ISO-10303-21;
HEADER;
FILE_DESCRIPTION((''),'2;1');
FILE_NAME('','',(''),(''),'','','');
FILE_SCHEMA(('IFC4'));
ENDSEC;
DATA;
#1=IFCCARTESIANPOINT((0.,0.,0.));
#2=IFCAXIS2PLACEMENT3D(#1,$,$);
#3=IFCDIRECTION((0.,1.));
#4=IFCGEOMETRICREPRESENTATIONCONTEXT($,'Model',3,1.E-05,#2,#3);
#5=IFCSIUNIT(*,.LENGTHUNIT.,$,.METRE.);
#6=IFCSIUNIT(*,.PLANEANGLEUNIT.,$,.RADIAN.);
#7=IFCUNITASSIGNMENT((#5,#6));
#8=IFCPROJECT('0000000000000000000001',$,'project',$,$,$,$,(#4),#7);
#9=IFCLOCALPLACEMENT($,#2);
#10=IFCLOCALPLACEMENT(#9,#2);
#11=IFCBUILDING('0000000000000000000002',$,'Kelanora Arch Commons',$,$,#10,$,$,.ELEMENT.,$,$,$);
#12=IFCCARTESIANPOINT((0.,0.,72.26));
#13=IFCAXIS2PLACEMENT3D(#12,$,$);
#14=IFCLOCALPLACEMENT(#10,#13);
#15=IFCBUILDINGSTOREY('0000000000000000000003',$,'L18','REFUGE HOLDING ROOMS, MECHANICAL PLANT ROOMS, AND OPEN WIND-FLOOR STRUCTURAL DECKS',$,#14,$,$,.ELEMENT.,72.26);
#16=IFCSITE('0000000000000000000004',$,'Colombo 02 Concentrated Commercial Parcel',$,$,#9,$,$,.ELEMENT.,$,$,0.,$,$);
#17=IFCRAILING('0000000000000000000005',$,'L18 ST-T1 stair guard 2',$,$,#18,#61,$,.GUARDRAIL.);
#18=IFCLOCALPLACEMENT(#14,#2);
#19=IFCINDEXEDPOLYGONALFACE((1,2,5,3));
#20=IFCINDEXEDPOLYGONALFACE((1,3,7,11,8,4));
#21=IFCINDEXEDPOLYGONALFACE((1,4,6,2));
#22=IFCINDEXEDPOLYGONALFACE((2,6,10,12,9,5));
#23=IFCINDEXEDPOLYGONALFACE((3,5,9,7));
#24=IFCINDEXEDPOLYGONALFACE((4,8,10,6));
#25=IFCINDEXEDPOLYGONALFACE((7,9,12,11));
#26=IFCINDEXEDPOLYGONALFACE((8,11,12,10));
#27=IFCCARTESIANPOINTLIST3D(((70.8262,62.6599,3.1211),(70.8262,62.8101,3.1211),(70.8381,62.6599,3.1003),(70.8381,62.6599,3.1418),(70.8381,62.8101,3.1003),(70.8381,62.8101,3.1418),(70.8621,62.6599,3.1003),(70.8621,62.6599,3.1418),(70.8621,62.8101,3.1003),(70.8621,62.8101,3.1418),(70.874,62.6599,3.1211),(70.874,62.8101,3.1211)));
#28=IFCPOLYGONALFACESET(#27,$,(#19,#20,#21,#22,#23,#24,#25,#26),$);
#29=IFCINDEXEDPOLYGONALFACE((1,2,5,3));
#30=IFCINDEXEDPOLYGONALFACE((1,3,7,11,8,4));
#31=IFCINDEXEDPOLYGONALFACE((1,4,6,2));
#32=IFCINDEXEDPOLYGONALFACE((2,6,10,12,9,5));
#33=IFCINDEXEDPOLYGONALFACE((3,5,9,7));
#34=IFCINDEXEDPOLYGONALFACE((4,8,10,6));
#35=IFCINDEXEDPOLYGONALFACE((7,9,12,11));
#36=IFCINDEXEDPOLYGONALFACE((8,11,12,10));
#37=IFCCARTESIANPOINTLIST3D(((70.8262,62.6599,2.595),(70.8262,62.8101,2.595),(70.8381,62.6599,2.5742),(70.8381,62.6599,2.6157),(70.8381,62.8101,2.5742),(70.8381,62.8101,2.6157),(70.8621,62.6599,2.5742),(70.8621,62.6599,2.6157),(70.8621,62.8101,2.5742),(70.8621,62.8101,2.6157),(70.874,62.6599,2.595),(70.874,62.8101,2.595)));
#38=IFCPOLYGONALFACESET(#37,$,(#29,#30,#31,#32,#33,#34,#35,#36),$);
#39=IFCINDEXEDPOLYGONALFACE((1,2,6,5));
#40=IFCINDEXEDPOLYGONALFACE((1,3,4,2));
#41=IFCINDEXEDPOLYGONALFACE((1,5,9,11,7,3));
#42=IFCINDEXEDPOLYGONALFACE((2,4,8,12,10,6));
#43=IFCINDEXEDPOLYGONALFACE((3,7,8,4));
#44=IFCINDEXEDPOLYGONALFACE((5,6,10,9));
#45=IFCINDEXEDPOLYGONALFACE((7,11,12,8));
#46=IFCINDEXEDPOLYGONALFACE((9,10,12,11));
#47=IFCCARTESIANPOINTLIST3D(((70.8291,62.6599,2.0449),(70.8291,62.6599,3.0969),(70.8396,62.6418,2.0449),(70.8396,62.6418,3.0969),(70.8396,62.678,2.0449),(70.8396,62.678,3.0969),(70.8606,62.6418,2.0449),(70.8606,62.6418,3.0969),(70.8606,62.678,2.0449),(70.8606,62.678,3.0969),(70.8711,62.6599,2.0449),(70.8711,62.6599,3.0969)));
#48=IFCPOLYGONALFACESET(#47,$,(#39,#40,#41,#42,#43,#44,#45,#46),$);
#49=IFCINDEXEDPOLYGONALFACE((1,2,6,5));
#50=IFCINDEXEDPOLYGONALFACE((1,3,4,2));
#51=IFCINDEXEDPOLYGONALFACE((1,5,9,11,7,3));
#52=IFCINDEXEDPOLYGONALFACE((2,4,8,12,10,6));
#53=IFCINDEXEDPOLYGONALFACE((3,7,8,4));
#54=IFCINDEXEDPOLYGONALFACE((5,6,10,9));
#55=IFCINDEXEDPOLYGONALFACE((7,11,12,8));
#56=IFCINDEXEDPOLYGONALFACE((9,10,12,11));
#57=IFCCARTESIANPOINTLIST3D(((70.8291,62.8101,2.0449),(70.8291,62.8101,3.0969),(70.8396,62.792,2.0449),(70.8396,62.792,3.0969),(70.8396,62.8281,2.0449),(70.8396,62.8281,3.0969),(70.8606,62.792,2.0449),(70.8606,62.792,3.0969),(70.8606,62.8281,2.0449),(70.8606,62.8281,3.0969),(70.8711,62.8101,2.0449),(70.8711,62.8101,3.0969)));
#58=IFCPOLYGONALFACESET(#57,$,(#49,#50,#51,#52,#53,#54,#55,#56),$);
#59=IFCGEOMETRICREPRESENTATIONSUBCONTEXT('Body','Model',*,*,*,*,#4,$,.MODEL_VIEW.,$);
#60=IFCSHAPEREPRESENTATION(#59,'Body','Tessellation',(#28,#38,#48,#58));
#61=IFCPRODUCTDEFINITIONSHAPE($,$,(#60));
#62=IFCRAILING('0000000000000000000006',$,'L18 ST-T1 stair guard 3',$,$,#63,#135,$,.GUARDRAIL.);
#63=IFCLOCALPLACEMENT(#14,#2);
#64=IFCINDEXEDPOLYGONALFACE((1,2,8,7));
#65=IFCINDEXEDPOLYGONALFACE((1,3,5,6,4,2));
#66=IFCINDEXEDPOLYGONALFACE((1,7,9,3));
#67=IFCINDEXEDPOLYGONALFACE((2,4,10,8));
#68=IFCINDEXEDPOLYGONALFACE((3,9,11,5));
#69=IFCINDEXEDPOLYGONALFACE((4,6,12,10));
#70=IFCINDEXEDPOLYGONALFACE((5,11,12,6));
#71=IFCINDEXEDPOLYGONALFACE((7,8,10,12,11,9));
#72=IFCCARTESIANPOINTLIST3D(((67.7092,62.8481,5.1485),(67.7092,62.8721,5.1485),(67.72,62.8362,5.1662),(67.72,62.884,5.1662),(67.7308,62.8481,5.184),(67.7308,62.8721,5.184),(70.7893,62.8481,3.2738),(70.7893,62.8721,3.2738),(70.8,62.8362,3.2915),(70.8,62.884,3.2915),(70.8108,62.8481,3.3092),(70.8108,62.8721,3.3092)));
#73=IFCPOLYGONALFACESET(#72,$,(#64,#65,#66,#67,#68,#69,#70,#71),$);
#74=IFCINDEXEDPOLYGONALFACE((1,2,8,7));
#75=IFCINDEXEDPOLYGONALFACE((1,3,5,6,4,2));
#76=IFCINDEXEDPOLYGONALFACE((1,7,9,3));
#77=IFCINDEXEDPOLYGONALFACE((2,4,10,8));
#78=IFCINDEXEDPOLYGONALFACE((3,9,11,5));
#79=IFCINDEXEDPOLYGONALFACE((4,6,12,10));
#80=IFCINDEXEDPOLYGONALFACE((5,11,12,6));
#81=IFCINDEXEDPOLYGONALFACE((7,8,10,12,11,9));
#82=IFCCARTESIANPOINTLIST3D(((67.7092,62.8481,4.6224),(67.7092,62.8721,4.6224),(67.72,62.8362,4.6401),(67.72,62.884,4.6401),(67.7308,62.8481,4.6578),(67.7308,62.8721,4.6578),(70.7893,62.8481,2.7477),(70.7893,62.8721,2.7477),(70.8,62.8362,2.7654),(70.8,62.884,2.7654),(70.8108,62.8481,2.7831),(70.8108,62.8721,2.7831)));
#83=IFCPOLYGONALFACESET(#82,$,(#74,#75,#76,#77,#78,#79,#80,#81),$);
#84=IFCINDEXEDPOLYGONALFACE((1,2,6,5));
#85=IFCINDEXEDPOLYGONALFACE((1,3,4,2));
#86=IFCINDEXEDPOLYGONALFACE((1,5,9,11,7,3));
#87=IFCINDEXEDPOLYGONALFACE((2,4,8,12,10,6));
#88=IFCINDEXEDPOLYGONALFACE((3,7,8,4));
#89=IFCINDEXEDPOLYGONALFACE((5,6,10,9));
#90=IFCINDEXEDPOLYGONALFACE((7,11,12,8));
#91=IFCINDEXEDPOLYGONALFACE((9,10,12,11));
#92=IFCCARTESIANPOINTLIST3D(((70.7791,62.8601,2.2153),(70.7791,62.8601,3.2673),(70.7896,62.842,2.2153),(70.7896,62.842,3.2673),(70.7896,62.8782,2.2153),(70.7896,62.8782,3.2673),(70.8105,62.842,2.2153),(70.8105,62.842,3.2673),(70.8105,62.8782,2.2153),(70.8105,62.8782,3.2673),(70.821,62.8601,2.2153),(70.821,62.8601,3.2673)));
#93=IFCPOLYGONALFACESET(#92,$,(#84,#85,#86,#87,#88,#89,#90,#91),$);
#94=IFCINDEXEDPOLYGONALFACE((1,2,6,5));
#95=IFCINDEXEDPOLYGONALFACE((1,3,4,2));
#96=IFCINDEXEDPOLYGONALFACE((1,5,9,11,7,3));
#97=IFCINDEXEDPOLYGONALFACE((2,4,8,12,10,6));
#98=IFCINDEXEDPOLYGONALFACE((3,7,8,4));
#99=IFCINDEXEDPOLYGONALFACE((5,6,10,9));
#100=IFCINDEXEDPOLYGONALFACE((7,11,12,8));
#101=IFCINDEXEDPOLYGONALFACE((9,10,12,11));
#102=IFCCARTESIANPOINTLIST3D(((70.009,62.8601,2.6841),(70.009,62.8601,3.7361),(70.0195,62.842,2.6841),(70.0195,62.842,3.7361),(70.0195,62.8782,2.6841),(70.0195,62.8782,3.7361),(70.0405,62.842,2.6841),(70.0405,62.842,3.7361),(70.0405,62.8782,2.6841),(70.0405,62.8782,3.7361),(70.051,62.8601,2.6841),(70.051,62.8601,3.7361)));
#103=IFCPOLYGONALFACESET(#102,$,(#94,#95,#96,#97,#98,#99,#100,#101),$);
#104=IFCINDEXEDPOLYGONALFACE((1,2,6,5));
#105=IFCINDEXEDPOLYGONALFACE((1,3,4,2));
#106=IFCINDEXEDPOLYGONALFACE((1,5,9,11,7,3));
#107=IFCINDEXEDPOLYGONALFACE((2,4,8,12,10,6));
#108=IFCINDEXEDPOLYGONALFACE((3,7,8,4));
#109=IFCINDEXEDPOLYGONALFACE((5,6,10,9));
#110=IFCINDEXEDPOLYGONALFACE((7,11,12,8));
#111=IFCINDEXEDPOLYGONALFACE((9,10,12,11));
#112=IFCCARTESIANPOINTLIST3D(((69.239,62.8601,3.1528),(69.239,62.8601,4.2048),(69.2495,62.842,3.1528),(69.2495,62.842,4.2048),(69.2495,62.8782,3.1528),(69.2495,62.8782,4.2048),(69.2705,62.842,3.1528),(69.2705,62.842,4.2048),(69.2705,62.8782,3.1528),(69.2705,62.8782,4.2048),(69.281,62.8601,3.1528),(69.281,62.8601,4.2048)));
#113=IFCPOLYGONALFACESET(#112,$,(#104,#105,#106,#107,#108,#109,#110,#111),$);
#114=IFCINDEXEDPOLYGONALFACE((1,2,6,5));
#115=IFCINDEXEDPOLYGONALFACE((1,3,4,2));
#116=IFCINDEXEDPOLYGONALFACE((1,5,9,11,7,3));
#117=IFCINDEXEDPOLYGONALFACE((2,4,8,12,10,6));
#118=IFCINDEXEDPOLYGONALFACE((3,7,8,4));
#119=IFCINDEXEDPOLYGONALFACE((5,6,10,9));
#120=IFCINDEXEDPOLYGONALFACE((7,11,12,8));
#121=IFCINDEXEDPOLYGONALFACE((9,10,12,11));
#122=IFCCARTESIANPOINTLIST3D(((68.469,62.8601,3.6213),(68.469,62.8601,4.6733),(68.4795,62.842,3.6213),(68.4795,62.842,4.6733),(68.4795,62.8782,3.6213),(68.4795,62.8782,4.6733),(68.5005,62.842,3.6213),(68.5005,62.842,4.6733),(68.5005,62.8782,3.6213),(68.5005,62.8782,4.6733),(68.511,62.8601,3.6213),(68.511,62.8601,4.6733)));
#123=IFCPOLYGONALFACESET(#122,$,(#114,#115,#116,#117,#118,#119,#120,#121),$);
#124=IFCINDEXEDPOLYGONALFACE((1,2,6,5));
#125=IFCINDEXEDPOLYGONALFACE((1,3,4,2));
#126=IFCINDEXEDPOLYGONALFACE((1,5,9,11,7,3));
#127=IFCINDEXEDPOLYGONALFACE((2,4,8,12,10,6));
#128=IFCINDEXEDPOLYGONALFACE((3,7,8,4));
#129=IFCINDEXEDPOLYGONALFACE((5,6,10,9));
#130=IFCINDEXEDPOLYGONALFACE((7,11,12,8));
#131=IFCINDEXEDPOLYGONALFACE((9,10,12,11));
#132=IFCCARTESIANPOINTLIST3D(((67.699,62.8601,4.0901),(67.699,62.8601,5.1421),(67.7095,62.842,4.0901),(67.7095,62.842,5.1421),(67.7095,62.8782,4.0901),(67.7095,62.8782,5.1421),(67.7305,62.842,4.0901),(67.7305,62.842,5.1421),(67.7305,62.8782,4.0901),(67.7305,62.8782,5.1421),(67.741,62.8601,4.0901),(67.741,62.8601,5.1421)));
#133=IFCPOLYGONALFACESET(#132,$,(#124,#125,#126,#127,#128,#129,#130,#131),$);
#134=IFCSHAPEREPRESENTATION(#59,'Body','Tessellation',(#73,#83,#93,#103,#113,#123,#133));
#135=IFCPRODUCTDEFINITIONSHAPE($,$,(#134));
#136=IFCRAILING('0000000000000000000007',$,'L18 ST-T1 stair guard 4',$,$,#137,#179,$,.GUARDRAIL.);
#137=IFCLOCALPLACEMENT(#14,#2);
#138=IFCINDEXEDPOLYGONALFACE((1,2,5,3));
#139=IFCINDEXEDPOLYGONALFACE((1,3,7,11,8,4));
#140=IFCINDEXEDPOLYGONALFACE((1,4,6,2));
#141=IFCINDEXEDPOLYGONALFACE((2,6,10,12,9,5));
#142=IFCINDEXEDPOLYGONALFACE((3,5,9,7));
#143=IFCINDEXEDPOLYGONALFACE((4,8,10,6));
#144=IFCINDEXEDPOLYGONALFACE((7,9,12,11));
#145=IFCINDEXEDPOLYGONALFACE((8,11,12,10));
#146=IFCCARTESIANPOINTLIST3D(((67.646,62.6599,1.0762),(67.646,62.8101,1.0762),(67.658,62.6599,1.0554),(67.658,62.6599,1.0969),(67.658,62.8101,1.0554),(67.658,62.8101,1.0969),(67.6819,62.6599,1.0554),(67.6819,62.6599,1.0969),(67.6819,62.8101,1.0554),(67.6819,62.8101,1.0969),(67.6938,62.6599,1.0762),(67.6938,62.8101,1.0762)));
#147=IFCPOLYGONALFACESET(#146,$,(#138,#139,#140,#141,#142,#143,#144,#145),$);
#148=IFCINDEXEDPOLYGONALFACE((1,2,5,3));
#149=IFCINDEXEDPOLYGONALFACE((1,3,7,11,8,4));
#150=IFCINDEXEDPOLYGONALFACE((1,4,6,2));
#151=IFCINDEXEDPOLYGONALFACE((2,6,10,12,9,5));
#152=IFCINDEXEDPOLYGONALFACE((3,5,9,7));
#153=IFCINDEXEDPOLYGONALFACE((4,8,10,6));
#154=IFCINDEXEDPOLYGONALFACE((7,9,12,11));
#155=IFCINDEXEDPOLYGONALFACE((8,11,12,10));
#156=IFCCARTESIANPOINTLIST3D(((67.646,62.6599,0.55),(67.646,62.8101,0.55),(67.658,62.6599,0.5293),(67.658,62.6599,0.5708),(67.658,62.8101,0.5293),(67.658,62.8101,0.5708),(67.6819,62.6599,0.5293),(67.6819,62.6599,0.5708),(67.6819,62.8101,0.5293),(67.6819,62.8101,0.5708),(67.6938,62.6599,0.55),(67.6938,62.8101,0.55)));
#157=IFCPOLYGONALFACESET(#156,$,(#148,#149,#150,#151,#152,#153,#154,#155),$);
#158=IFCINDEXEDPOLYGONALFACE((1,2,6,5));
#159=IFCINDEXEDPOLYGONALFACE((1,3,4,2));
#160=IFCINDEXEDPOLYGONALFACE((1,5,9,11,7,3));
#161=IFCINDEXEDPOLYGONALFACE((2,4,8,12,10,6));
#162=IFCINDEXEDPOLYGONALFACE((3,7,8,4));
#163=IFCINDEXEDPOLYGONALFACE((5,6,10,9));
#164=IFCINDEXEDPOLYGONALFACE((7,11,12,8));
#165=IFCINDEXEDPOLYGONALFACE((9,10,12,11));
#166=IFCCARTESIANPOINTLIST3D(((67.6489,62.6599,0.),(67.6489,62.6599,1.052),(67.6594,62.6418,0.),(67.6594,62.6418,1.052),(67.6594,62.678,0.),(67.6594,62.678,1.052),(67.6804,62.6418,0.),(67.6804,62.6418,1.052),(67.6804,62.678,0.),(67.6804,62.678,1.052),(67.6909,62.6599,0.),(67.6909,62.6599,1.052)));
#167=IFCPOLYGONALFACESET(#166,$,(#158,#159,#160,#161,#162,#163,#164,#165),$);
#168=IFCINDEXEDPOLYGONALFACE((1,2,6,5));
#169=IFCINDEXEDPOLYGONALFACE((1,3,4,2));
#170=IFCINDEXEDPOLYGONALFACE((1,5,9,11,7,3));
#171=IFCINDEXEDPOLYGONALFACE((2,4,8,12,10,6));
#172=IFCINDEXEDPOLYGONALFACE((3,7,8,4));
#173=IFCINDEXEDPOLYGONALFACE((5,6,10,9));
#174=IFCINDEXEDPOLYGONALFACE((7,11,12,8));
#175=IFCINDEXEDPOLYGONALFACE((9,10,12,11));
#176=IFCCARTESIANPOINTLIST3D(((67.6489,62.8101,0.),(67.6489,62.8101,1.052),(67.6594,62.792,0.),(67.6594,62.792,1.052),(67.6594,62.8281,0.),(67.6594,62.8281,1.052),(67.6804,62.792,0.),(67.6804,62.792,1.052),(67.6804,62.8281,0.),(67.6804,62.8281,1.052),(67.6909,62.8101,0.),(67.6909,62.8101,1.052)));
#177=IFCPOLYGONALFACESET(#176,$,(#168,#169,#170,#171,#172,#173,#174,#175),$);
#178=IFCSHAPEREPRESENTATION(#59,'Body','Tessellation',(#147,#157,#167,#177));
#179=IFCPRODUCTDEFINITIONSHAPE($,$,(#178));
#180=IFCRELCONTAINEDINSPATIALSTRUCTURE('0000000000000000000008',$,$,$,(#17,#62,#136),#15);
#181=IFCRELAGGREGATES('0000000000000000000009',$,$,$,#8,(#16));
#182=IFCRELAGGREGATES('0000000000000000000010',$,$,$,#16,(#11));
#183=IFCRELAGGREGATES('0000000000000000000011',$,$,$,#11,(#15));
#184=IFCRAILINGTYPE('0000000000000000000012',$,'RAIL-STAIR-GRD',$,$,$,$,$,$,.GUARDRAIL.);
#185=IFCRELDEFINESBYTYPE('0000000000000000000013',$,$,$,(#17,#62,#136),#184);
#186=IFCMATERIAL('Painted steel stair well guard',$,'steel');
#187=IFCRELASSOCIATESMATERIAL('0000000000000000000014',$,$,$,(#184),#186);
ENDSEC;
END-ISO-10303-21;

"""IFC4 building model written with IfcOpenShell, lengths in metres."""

from ifc_helpers import new_model, si_unit, direction, frame, origin, place, context, subcontext, project, spatial, polyline, outline, extrude, material, type_object, element, save


model = new_model("IFC4")

# Units and contexts
model_context = context("Model", 3, precision=1e-05, world=origin(), true_north=direction((0.0, 1.0)))
body_context = subcontext(model_context, "Body", "Model", "MODEL_VIEW")
ifc_project = project(units=[si_unit("LENGTHUNIT", "METRE"), si_unit("PLANEANGLEUNIT", "RADIAN")], contexts=[model_context])

# Site, building, storey
site_placement = place(None, origin())
site = spatial("IfcSite", under=ifc_project, at=site_placement, Name="Colombo 02 Concentrated Commercial Parcel", CompositionType="ELEMENT", RefElevation=0.0)
building_placement = place(site_placement, origin())
building = spatial("IfcBuilding", under=site, at=building_placement, Name="Kelanora Arch Commons", CompositionType="ELEMENT")
storey_placement = place(building_placement, frame((0.0, 0.0, 72.26)))
storey = spatial("IfcBuildingStorey", under=building, at=storey_placement, Name="L18", Description="REFUGE HOLDING ROOMS, MECHANICAL PLANT ROOMS, AND OPEN WIND-FLOOR STRUCTURAL DECKS", CompositionType="ELEMENT", Elevation=72.26)

# Railings
ifc_material_1 = material(Name="Painted steel stair well guard", Category="steel")
railing_type_1 = type_object("IfcRailingType", Name="RAIL-STAIR-GRD", PredefinedType="GUARDRAIL", material=ifc_material_1)
railing_1_placement = place(storey_placement, frame((70.8501, 62.6599, 2.0449)))
element("IfcRailing", 1, at=railing_1_placement, inside=storey, type_object=railing_type_1, Name="L18 ST-T1 stair guard 2", PredefinedType="GUARDRAIL", context=body_context, shape_type="SweptSolid", body=[
    extrude(outline(polyline([(0.0239, 0.0), (0.012, 0.0208), (-0.012, 0.0208), (-0.0239, 0.0), (-0.012, -0.0208), (0.012, -0.0208), (0.0239, 0.0)])), frame((0.0, 0.0, 1.0762), z_axis=(0.0, 1.0, 0.0), x_axis=(-1.0, 0.0, 0.0)), (0.0, 0.0, 1.0), 0.1501),
    extrude(outline(polyline([(0.0239, 0.0), (0.012, 0.0208), (-0.012, 0.0208), (-0.0239, 0.0), (-0.012, -0.0208), (0.012, -0.0208), (0.0239, 0.0)])), frame((0.0, 0.0, 0.55), z_axis=(0.0, 1.0, 0.0), x_axis=(-1.0, 0.0, 0.0)), (0.0, 0.0, 1.0), 0.1501),
    extrude(outline(polyline([(0.021, 0.0), (0.0105, 0.0181), (-0.0105, 0.0181), (-0.021, 0.0), (-0.0105, -0.0181), (0.0105, -0.0181), (0.021, 0.0)])), origin(), (0.0, 0.0, 1.0), 1.052),
    extrude(outline(polyline([(0.021, 0.0), (0.0105, 0.0181), (-0.0105, 0.0181), (-0.021, 0.0), (-0.0105, -0.0181), (0.0105, -0.0181), (0.021, 0.0)])), frame((0.0, 0.1501, 0.0)), (0.0, 0.0, 1.0), 1.052),
])
railing_2_placement = place(storey_placement, frame((70.8, 62.8601, 2.2153)))
element("IfcRailing", 2, at=railing_2_placement, inside=storey, type_object=railing_type_1, Name="L18 ST-T1 stair guard 3", PredefinedType="GUARDRAIL", context=body_context, shape_type="SweptSolid", body=[
    extrude(outline(polyline([(0.0239, 0.0), (0.012, 0.0208), (-0.012, 0.0208), (-0.0239, 0.0), (-0.012, -0.0208), (0.012, -0.0208), (0.0239, 0.0)])), frame((0.0, 0.0, 1.0762), z_axis=(-0.854208, 0.0, 0.519932), x_axis=(0.0, -1.0, 0.0)), (0.0, 0.0, 1.0), 3.6057),
    extrude(outline(polyline([(0.0239, 0.0), (0.012, 0.0208), (-0.012, 0.0208), (-0.0239, 0.0), (-0.012, -0.0208), (0.012, -0.0208), (0.0239, 0.0)])), frame((0.0, 0.0, 0.55), z_axis=(-0.854208, 0.0, 0.519932), x_axis=(0.0, -1.0, 0.0)), (0.0, 0.0, 1.0), 3.6057),
    extrude(outline(polyline([(0.021, 0.0), (0.0105, 0.0181), (-0.0105, 0.0181), (-0.021, 0.0), (-0.0105, -0.0181), (0.0105, -0.0181), (0.021, 0.0)])), origin(), (0.0, 0.0, 1.0), 1.052),
    extrude(outline(polyline([(0.021, 0.0), (0.0105, 0.0181), (-0.0105, 0.0181), (-0.021, 0.0), (-0.0105, -0.0181), (0.0105, -0.0181), (0.021, 0.0)])), frame((-0.77, 0.0, 0.4688)), (0.0, 0.0, 1.0), 1.052),
    extrude(outline(polyline([(0.021, 0.0), (0.0105, 0.0181), (-0.0105, 0.0181), (-0.021, 0.0), (-0.0105, -0.0181), (0.0105, -0.0181), (0.021, 0.0)])), frame((-1.54, 0.0, 0.9375)), (0.0, 0.0, 1.0), 1.052),
    extrude(outline(polyline([(0.021, 0.0), (0.0105, 0.0181), (-0.0105, 0.0181), (-0.021, 0.0), (-0.0105, -0.0181), (0.0105, -0.0181), (0.021, 0.0)])), frame((-2.3101, 0.0, 1.406)), (0.0, 0.0, 1.0), 1.052),
    extrude(outline(polyline([(0.021, 0.0), (0.0105, 0.0181), (-0.0105, 0.0181), (-0.021, 0.0), (-0.0105, -0.0181), (0.0105, -0.0181), (0.021, 0.0)])), frame((-3.0801, 0.0, 1.8748)), (0.0, 0.0, 1.0), 1.052),
])
railing_3_placement = place(storey_placement, frame((67.6699, 62.6599, 0.0)))
element("IfcRailing", 3, at=railing_3_placement, inside=storey, type_object=railing_type_1, Name="L18 ST-T1 stair guard 4", PredefinedType="GUARDRAIL", context=body_context, shape_type="SweptSolid", body=[
    extrude(outline(polyline([(0.0239, 0.0), (0.012, 0.0208), (-0.012, 0.0208), (-0.0239, 0.0), (-0.012, -0.0208), (0.012, -0.0208), (0.0239, 0.0)])), frame((0.0, 0.0, 1.0762), z_axis=(0.0, 1.0, 0.0), x_axis=(-1.0, 0.0, 0.0)), (0.0, 0.0, 1.0), 0.1501),
    extrude(outline(polyline([(0.0239, 0.0), (0.012, 0.0208), (-0.012, 0.0208), (-0.0239, 0.0), (-0.012, -0.0208), (0.012, -0.0208), (0.0239, 0.0)])), frame((0.0, 0.0, 0.55), z_axis=(0.0, 1.0, 0.0), x_axis=(-1.0, 0.0, 0.0)), (0.0, 0.0, 1.0), 0.1501),
    extrude(outline(polyline([(0.021, 0.0), (0.0105, 0.0181), (-0.0105, 0.0181), (-0.021, 0.0), (-0.0105, -0.0181), (0.0105, -0.0181), (0.021, 0.0)])), origin(), (0.0, 0.0, 1.0), 1.052),
    extrude(outline(polyline([(0.021, 0.0), (0.0105, 0.0181), (-0.0105, 0.0181), (-0.021, 0.0), (-0.0105, -0.0181), (0.0105, -0.0181), (0.021, 0.0)])), frame((0.0, 0.1501, 0.0)), (0.0, 0.0, 1.0), 1.052),
])

save(model, "model.ifc")
